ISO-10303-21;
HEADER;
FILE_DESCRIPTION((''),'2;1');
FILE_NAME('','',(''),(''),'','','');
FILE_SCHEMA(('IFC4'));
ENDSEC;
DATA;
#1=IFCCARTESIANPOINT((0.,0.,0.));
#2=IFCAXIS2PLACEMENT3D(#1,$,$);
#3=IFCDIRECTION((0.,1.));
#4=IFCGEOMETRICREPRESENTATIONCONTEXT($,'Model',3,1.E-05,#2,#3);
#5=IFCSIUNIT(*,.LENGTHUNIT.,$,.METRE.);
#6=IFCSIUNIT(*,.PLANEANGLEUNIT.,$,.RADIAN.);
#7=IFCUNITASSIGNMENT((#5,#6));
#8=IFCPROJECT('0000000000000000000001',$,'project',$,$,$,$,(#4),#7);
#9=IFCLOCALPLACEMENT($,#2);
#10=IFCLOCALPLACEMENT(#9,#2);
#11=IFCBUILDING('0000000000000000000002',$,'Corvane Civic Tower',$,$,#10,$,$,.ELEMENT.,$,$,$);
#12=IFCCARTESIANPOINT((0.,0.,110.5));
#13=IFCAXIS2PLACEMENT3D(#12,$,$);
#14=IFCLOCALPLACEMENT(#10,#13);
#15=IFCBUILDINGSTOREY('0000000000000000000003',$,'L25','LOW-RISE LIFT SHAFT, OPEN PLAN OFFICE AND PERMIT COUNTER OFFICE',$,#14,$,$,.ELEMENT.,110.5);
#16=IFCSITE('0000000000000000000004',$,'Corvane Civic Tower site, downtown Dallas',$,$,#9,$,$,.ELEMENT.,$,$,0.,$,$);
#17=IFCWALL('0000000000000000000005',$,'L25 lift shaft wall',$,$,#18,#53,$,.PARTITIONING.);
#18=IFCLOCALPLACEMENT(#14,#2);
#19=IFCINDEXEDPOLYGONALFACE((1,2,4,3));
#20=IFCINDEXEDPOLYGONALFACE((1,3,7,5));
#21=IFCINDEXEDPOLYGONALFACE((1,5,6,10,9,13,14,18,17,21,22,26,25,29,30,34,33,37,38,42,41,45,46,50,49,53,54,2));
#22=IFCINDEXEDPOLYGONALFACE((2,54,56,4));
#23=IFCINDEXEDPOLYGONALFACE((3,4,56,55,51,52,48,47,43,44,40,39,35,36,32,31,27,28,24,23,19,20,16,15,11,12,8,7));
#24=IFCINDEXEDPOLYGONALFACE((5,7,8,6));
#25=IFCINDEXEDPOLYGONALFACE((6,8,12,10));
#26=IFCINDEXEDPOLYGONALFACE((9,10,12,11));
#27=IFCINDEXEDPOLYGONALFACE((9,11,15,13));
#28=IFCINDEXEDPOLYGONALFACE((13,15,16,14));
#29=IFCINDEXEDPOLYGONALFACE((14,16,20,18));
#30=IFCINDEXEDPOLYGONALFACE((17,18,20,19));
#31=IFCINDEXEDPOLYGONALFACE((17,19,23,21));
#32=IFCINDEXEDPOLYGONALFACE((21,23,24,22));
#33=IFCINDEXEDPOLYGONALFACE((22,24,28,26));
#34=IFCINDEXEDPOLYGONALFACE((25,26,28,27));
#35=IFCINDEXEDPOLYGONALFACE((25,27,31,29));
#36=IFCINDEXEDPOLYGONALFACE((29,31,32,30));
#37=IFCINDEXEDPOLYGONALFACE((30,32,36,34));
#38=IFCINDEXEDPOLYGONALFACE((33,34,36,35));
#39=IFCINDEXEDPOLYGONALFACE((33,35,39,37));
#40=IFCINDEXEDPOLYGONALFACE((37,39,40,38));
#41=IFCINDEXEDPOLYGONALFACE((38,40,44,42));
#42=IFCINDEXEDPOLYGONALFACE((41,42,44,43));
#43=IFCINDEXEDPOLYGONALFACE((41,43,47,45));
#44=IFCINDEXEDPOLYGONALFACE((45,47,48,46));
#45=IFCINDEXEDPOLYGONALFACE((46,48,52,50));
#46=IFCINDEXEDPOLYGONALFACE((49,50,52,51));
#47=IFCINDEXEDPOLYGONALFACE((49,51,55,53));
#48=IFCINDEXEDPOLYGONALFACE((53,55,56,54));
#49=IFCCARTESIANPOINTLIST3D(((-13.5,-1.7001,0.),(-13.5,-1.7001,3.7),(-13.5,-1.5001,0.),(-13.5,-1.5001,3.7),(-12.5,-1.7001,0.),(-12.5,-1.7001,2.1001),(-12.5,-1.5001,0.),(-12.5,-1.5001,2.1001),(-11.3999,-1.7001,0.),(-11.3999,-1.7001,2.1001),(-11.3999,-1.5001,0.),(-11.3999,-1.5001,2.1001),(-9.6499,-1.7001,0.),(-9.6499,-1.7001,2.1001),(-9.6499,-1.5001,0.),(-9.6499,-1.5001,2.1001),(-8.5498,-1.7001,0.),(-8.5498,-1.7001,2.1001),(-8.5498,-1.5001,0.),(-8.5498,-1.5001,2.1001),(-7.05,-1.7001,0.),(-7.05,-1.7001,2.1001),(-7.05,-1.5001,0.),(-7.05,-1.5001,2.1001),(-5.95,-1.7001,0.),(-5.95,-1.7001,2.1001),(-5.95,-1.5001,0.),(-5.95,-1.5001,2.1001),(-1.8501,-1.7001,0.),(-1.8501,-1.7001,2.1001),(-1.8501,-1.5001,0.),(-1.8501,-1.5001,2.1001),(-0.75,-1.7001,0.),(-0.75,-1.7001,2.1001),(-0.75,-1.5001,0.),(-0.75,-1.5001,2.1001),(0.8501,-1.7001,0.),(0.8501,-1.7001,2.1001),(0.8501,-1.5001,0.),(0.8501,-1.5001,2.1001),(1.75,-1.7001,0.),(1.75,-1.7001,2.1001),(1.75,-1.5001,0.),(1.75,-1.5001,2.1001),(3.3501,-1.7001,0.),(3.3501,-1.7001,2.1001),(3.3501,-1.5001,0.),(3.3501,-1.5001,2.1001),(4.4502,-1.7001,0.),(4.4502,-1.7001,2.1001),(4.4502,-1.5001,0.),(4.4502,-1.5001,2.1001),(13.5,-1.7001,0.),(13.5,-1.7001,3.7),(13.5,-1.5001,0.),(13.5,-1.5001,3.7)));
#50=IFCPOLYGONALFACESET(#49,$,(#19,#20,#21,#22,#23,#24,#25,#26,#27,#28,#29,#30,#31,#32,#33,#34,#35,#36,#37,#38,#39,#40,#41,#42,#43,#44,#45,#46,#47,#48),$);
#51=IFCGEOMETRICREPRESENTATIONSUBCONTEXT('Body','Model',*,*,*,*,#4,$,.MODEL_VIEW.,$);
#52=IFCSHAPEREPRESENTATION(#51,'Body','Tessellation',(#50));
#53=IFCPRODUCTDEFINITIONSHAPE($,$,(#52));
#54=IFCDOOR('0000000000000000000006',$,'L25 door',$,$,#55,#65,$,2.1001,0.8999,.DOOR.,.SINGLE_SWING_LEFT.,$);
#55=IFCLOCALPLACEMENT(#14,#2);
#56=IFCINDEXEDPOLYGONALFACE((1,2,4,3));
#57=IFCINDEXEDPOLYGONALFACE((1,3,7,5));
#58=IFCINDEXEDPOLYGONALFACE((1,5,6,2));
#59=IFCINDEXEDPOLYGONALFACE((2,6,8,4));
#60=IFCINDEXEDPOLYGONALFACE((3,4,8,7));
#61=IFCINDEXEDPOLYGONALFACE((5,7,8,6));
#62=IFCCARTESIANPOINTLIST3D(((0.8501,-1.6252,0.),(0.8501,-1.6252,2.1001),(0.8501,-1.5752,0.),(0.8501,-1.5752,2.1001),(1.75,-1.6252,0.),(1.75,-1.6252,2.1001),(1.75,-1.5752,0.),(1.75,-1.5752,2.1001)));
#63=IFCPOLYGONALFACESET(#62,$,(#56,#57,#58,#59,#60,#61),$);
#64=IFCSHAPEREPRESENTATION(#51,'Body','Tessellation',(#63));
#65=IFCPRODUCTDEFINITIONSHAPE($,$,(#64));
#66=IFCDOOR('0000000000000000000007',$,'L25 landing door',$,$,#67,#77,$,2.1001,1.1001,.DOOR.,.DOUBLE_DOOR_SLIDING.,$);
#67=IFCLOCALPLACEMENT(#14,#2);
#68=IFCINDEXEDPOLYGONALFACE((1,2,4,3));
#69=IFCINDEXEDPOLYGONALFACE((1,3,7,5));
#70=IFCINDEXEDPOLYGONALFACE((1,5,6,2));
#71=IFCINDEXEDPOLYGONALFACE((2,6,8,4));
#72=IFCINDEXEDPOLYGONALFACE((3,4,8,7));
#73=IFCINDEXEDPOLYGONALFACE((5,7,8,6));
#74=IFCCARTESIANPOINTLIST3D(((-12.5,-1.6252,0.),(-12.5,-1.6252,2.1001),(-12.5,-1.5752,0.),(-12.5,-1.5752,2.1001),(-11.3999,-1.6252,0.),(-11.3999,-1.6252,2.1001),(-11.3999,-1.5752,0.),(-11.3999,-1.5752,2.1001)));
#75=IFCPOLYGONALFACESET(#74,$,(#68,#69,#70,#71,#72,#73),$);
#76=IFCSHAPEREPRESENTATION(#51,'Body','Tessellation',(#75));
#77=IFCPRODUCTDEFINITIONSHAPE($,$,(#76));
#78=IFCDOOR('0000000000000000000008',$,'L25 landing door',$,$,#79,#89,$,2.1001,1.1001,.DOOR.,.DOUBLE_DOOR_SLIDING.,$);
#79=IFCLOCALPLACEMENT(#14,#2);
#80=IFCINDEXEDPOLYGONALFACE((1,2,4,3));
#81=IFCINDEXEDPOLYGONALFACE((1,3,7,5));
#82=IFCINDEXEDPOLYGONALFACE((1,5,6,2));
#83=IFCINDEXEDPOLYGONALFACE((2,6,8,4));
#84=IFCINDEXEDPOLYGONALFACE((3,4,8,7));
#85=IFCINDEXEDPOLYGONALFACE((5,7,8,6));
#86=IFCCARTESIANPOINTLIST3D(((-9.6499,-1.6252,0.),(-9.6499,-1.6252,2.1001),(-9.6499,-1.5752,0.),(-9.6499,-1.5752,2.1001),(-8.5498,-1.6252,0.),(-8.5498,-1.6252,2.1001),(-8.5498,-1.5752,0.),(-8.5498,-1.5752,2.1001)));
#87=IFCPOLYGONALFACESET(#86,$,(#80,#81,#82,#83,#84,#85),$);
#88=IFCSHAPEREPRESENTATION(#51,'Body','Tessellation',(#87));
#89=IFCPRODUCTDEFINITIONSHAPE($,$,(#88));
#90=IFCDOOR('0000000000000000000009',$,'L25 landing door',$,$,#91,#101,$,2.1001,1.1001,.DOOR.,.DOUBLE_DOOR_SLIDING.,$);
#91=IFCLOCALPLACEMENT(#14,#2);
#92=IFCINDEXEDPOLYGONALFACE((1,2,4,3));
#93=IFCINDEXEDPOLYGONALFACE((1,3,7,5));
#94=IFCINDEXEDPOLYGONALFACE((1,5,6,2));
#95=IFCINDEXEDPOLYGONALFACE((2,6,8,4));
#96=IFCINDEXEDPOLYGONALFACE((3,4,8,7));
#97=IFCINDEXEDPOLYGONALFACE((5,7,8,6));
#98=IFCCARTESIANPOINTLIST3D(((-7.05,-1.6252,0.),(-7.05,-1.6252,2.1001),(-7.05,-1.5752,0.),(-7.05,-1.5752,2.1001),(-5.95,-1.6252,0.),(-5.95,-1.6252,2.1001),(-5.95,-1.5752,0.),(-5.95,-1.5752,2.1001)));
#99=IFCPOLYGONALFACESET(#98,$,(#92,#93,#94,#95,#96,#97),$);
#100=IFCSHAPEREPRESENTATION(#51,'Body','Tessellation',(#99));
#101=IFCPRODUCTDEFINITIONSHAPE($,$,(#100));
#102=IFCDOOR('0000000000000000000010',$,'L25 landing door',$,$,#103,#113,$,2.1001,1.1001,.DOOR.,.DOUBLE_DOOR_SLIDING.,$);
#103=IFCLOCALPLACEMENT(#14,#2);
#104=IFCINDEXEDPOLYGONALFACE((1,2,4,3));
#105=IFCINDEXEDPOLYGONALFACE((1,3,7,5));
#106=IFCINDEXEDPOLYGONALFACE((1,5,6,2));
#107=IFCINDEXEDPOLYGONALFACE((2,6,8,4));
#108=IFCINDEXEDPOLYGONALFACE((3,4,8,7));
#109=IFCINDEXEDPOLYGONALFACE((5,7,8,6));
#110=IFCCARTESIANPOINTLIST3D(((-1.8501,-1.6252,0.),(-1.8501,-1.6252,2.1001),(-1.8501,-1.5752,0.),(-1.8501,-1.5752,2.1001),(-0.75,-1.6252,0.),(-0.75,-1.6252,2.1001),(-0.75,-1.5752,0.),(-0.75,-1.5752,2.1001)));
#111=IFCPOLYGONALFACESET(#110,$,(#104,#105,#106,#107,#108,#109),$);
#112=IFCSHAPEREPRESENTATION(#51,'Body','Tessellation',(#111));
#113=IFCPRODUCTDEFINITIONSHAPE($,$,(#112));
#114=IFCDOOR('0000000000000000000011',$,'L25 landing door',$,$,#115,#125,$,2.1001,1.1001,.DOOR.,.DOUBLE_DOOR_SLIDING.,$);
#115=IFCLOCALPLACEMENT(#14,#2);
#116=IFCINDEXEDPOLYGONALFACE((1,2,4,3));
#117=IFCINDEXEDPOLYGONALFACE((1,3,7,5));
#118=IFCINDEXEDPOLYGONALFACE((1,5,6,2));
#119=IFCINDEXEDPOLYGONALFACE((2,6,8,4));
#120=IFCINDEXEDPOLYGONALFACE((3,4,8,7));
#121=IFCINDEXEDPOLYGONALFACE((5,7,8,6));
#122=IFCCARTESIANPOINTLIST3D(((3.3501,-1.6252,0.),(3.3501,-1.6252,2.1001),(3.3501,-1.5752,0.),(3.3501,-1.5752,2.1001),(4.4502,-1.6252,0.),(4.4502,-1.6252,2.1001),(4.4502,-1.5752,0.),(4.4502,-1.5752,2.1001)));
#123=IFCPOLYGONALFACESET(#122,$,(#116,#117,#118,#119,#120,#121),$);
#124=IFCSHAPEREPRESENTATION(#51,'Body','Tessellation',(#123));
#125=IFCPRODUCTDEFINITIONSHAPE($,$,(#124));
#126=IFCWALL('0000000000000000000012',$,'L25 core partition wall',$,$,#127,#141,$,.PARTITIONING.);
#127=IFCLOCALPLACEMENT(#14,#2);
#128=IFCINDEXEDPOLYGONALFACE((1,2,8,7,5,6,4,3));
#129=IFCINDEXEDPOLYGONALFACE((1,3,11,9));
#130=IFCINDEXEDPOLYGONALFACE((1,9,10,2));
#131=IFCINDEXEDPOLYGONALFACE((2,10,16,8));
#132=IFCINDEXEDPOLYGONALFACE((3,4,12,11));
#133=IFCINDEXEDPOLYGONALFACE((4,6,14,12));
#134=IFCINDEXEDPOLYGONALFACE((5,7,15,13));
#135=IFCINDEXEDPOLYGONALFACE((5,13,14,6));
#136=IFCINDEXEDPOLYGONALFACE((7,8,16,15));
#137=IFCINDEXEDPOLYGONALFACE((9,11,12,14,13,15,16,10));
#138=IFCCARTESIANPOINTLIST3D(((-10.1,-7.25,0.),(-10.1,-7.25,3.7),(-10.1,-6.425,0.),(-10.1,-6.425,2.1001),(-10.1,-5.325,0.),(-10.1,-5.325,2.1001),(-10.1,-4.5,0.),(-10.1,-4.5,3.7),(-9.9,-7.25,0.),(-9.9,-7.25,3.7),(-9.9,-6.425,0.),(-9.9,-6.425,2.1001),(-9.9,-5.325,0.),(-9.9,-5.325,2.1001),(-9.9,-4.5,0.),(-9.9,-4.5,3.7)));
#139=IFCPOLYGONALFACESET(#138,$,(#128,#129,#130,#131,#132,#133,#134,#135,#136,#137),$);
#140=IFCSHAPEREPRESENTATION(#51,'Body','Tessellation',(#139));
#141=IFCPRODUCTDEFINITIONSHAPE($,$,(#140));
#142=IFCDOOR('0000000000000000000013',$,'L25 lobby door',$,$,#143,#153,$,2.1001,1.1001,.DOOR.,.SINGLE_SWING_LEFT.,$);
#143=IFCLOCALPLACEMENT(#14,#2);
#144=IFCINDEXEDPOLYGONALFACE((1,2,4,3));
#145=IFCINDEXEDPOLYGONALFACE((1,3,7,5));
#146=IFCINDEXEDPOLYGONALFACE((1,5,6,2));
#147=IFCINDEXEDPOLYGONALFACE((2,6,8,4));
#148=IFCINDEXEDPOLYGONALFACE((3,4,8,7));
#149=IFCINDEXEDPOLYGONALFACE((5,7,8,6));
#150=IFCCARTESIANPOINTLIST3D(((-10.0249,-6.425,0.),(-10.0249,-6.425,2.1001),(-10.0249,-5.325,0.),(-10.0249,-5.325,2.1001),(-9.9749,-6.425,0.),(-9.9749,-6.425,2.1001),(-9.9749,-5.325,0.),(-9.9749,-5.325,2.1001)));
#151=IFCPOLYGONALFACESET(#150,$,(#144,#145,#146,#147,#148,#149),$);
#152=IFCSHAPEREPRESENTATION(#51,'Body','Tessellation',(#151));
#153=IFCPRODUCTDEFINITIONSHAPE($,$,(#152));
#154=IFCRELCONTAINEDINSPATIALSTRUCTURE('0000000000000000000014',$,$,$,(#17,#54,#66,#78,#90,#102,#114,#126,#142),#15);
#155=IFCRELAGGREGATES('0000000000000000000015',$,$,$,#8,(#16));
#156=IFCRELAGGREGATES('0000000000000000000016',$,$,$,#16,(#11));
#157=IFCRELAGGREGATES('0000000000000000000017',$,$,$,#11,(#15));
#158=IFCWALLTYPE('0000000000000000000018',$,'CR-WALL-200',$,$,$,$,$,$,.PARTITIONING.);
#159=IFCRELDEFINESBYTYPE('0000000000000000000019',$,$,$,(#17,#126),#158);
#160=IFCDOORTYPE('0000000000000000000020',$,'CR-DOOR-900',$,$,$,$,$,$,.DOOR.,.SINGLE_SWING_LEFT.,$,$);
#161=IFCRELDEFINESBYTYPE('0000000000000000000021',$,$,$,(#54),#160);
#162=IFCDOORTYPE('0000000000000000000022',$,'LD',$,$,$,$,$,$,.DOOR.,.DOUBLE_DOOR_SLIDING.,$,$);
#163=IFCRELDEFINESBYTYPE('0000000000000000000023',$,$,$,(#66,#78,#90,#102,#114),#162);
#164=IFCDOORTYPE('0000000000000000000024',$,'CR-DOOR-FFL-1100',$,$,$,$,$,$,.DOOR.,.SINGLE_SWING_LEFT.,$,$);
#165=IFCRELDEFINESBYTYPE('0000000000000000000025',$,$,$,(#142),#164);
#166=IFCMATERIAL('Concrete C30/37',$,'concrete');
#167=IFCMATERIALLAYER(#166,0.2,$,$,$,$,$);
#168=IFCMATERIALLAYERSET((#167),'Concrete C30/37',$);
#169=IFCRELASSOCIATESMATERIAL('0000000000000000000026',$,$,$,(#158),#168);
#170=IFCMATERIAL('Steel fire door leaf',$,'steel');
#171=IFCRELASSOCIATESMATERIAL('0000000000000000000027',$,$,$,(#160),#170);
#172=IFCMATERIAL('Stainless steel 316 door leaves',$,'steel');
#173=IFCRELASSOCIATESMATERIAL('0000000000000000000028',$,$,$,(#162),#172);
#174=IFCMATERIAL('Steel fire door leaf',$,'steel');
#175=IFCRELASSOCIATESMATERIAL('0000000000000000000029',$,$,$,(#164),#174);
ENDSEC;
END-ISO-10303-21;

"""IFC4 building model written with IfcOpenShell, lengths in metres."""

from ifc_helpers import new_model, si_unit, direction, frame, frame_2d, origin, place, context, subcontext, project, spatial, rectangle, extrude, material, layer, layer_set, type_object, element, fill, save


model = new_model("IFC4")

# Units and contexts
model_context = context("Model", 3, precision=1e-05, world=origin(), true_north=direction((0.0, 1.0)))
body_context = subcontext(model_context, "Body", "Model", "MODEL_VIEW")
ifc_project = project(units=[si_unit("LENGTHUNIT", "METRE"), si_unit("PLANEANGLEUNIT", "RADIAN")], contexts=[model_context])

# Site, building, storey
site_placement = place(None, origin())
site = spatial("IfcSite", under=ifc_project, at=site_placement, Name="Corvane Civic Tower site, downtown Dallas", CompositionType="ELEMENT", RefElevation=0.0)
building_placement = place(site_placement, origin())
building = spatial("IfcBuilding", under=site, at=building_placement, Name="Corvane Civic Tower", CompositionType="ELEMENT")
storey_placement = place(building_placement, frame((0.0, 0.0, 110.5)))
storey = spatial("IfcBuildingStorey", under=building, at=storey_placement, Name="L25", Description="LOW-RISE LIFT SHAFT, OPEN PLAN OFFICE AND PERMIT COUNTER OFFICE", CompositionType="ELEMENT", Elevation=110.5)

# Shared definitions
ifc_material_1 = material(Name="Concrete C30/37", Category="concrete")
ifc_layer_1 = layer(ifc_material_1, 0.2)
ifc_layer_set_1 = layer_set([ifc_layer_1], Name="Concrete C30/37")
wall_type_1 = type_object("IfcWallType", Name="CR-WALL-200", PredefinedType="PARTITIONING", material=ifc_layer_set_1)
ifc_material_2 = material(Name="Steel fire door leaf", Category="steel")
door_type_1 = type_object("IfcDoorType", Name="CR-DOOR-900", OperationType="SINGLE_SWING_LEFT", PredefinedType="DOOR", material=ifc_material_2)

# Wall, openings, doors
wall_1_placement = place(storey_placement, frame((-13.5, -1.6001, 0.0), z_axis=(0.0, 0.0, 1.0), x_axis=(1.0, 0.0, 0.0)))
wall_1 = element("IfcWall", 1, at=wall_1_placement, inside=storey, type_object=wall_type_1, Name="L25 lift shaft wall", PredefinedType="PARTITIONING", context=body_context, shape_type="SweptSolid", body=[
    extrude(rectangle(XDim=27.0, YDim=0.2, at=frame_2d((13.5, 0.0))), origin(), (0.0, 0.0, 1.0), 3.7),
])
opening_1_placement = place(wall_1_placement, frame((1.0, 0.0, 0.0)))
opening_1 = element("IfcOpeningElement", 2, at=opening_1_placement, cuts=wall_1, PredefinedType="OPENING", context=body_context, shape_type="SweptSolid", body=[
    extrude(rectangle(XDim=1.1001, YDim=2.1001, at=frame_2d((0.55, 1.05))), frame((0.0, 0.1099, 0.0), z_axis=(0.0, -1.0, 0.0), x_axis=(1.0, 0.0, 0.0)), (0.0, 0.0, 1.0), 0.22),
])
opening_2_placement = place(wall_1_placement, frame((3.8501, 0.0, 0.0)))
opening_2 = element("IfcOpeningElement", 3, at=opening_2_placement, cuts=wall_1, PredefinedType="OPENING", context=body_context, shape_type="SweptSolid", body=[
    extrude(rectangle(XDim=1.1001, YDim=2.1001, at=frame_2d((0.55, 1.05))), frame((0.0, 0.1099, 0.0), z_axis=(0.0, -1.0, 0.0), x_axis=(1.0, 0.0, 0.0)), (0.0, 0.0, 1.0), 0.22),
])
opening_3_placement = place(wall_1_placement, frame((6.45, 0.0, 0.0)))
opening_3 = element("IfcOpeningElement", 4, at=opening_3_placement, cuts=wall_1, PredefinedType="OPENING", context=body_context, shape_type="SweptSolid", body=[
    extrude(rectangle(XDim=1.1001, YDim=2.1001, at=frame_2d((0.55, 1.05))), frame((0.0, 0.1099, 0.0), z_axis=(0.0, -1.0, 0.0), x_axis=(1.0, 0.0, 0.0)), (0.0, 0.0, 1.0), 0.22),
])
opening_4_placement = place(wall_1_placement, frame((11.6499, 0.0, 0.0)))
opening_4 = element("IfcOpeningElement", 5, at=opening_4_placement, cuts=wall_1, PredefinedType="OPENING", context=body_context, shape_type="SweptSolid", body=[
    extrude(rectangle(XDim=1.1001, YDim=2.1001, at=frame_2d((0.55, 1.05))), frame((0.0, 0.1099, 0.0), z_axis=(0.0, -1.0, 0.0), x_axis=(1.0, 0.0, 0.0)), (0.0, 0.0, 1.0), 0.22),
])
opening_5_placement = place(wall_1_placement, frame((14.3501, 0.0, 0.0)))
opening_5 = element("IfcOpeningElement", 6, at=opening_5_placement, cuts=wall_1, PredefinedType="OPENING", context=body_context, shape_type="SweptSolid", body=[
    extrude(rectangle(XDim=0.8999, YDim=2.1001, at=frame_2d((0.45, 1.05))), frame((0.0, 0.1099, 0.0), z_axis=(0.0, -1.0, 0.0), x_axis=(1.0, 0.0, 0.0)), (0.0, 0.0, 1.0), 0.22),
])
opening_6_placement = place(wall_1_placement, frame((16.8501, 0.0, 0.0)))
opening_6 = element("IfcOpeningElement", 7, at=opening_6_placement, cuts=wall_1, PredefinedType="OPENING", context=body_context, shape_type="SweptSolid", body=[
    extrude(rectangle(XDim=1.1001, YDim=2.1001, at=frame_2d((0.55, 1.05))), frame((0.0, 0.1099, 0.0), z_axis=(0.0, -1.0, 0.0), x_axis=(1.0, 0.0, 0.0)), (0.0, 0.0, 1.0), 0.22),
])
door_1_placement = place(opening_5_placement, origin())
door_1 = element("IfcDoor", 8, at=door_1_placement, inside=storey, type_object=door_type_1, Name="L25 door", OperationType="SINGLE_SWING_LEFT", OverallHeight=2.1001, OverallWidth=0.8999, PredefinedType="DOOR", context=body_context, shape_type="SweptSolid", body=[
    extrude(rectangle(XDim=0.8999, YDim=2.1001, at=frame_2d((0.45, 1.05))), frame((0.0, 0.0249, 0.0), z_axis=(0.0, -1.0, 0.0), x_axis=(1.0, 0.0, 0.0)), (0.0, 0.0, 1.0), 0.05),
])
fill(opening_5, door_1)
ifc_material_3 = material(Name="Stainless steel 316 door leaves", Category="steel")
door_type_2 = type_object("IfcDoorType", Name="LD", OperationType="DOUBLE_DOOR_SLIDING", PredefinedType="DOOR", material=ifc_material_3)
door_2_placement = place(opening_1_placement, origin())
door_2 = element("IfcDoor", 9, at=door_2_placement, inside=storey, type_object=door_type_2, Name="L25 landing door", OperationType="DOUBLE_DOOR_SLIDING", OverallHeight=2.1001, OverallWidth=1.1001, PredefinedType="DOOR", context=body_context, shape_type="SweptSolid", body=[
    extrude(rectangle(XDim=1.1001, YDim=2.1001, at=frame_2d((0.55, 1.05))), frame((0.0, 0.0249, 0.0), z_axis=(0.0, -1.0, 0.0), x_axis=(1.0, 0.0, 0.0)), (0.0, 0.0, 1.0), 0.05),
])
fill(opening_1, door_2)
door_3_placement = place(opening_2_placement, origin())
door_3 = element("IfcDoor", 10, at=door_3_placement, inside=storey, type_object=door_type_2, Name="L25 landing door", OperationType="DOUBLE_DOOR_SLIDING", OverallHeight=2.1001, OverallWidth=1.1001, PredefinedType="DOOR", context=body_context, shape_type="SweptSolid", body=[
    extrude(rectangle(XDim=1.1001, YDim=2.1001, at=frame_2d((0.55, 1.05))), frame((0.0, 0.0249, 0.0), z_axis=(0.0, -1.0, 0.0), x_axis=(1.0, 0.0, 0.0)), (0.0, 0.0, 1.0), 0.05),
])
fill(opening_2, door_3)
door_4_placement = place(opening_3_placement, origin())
door_4 = element("IfcDoor", 11, at=door_4_placement, inside=storey, type_object=door_type_2, Name="L25 landing door", OperationType="DOUBLE_DOOR_SLIDING", OverallHeight=2.1001, OverallWidth=1.1001, PredefinedType="DOOR", context=body_context, shape_type="SweptSolid", body=[
    extrude(rectangle(XDim=1.1001, YDim=2.1001, at=frame_2d((0.55, 1.05))), frame((0.0, 0.0249, 0.0), z_axis=(0.0, -1.0, 0.0), x_axis=(1.0, 0.0, 0.0)), (0.0, 0.0, 1.0), 0.05),
])
fill(opening_3, door_4)
door_5_placement = place(opening_4_placement, origin())
door_5 = element("IfcDoor", 12, at=door_5_placement, inside=storey, type_object=door_type_2, Name="L25 landing door", OperationType="DOUBLE_DOOR_SLIDING", OverallHeight=2.1001, OverallWidth=1.1001, PredefinedType="DOOR", context=body_context, shape_type="SweptSolid", body=[
    extrude(rectangle(XDim=1.1001, YDim=2.1001, at=frame_2d((0.55, 1.05))), frame((0.0, 0.0249, 0.0), z_axis=(0.0, -1.0, 0.0), x_axis=(1.0, 0.0, 0.0)), (0.0, 0.0, 1.0), 0.05),
])
fill(opening_4, door_5)
door_6_placement = place(opening_6_placement, origin())
door_6 = element("IfcDoor", 13, at=door_6_placement, inside=storey, type_object=door_type_2, Name="L25 landing door", OperationType="DOUBLE_DOOR_SLIDING", OverallHeight=2.1001, OverallWidth=1.1001, PredefinedType="DOOR", context=body_context, shape_type="SweptSolid", body=[
    extrude(rectangle(XDim=1.1001, YDim=2.1001, at=frame_2d((0.55, 1.05))), frame((0.0, 0.0249, 0.0), z_axis=(0.0, -1.0, 0.0), x_axis=(1.0, 0.0, 0.0)), (0.0, 0.0, 1.0), 0.05),
])
fill(opening_6, door_6)

# Wall, opening, door
wall_2_placement = place(storey_placement, frame((-10.0, -7.25, 0.0), z_axis=(0.0, 0.0, 1.0), x_axis=(0.0, 1.0, 0.0)))
wall_2 = element("IfcWall", 14, at=wall_2_placement, inside=storey, type_object=wall_type_1, Name="L25 core partition wall", PredefinedType="PARTITIONING", context=body_context, shape_type="SweptSolid", body=[
    extrude(rectangle(XDim=2.75, YDim=0.2, at=frame_2d((1.375, 0.0))), origin(), (0.0, 0.0, 1.0), 3.7),
])
opening_7_placement = place(wall_2_placement, frame((0.825, 0.0, 0.0)))
opening_7 = element("IfcOpeningElement", 15, at=opening_7_placement, cuts=wall_2, PredefinedType="OPENING", context=body_context, shape_type="SweptSolid", body=[
    extrude(rectangle(XDim=1.1001, YDim=2.1001, at=frame_2d((0.55, 1.05))), frame((0.0, 0.1099, 0.0), z_axis=(0.0, -1.0, 0.0), x_axis=(1.0, 0.0, 0.0)), (0.0, 0.0, 1.0), 0.22),
])
ifc_material_4 = material(Name="Steel fire door leaf", Category="steel")
door_type_3 = type_object("IfcDoorType", Name="CR-DOOR-FFL-1100", OperationType="SINGLE_SWING_LEFT", PredefinedType="DOOR", material=ifc_material_4)
door_7_placement = place(opening_7_placement, origin())
door_7 = element("IfcDoor", 16, at=door_7_placement, inside=storey, type_object=door_type_3, Name="L25 lobby door", OperationType="SINGLE_SWING_LEFT", OverallHeight=2.1001, OverallWidth=1.1001, PredefinedType="DOOR", context=body_context, shape_type="SweptSolid", body=[
    extrude(rectangle(XDim=1.1001, YDim=2.1001, at=frame_2d((0.55, 1.05))), frame((0.0, 0.0249, 0.0), z_axis=(0.0, -1.0, 0.0), x_axis=(1.0, 0.0, 0.0)), (0.0, 0.0, 1.0), 0.05),
])
fill(opening_7, door_7)

save(model, "model.ifc")
